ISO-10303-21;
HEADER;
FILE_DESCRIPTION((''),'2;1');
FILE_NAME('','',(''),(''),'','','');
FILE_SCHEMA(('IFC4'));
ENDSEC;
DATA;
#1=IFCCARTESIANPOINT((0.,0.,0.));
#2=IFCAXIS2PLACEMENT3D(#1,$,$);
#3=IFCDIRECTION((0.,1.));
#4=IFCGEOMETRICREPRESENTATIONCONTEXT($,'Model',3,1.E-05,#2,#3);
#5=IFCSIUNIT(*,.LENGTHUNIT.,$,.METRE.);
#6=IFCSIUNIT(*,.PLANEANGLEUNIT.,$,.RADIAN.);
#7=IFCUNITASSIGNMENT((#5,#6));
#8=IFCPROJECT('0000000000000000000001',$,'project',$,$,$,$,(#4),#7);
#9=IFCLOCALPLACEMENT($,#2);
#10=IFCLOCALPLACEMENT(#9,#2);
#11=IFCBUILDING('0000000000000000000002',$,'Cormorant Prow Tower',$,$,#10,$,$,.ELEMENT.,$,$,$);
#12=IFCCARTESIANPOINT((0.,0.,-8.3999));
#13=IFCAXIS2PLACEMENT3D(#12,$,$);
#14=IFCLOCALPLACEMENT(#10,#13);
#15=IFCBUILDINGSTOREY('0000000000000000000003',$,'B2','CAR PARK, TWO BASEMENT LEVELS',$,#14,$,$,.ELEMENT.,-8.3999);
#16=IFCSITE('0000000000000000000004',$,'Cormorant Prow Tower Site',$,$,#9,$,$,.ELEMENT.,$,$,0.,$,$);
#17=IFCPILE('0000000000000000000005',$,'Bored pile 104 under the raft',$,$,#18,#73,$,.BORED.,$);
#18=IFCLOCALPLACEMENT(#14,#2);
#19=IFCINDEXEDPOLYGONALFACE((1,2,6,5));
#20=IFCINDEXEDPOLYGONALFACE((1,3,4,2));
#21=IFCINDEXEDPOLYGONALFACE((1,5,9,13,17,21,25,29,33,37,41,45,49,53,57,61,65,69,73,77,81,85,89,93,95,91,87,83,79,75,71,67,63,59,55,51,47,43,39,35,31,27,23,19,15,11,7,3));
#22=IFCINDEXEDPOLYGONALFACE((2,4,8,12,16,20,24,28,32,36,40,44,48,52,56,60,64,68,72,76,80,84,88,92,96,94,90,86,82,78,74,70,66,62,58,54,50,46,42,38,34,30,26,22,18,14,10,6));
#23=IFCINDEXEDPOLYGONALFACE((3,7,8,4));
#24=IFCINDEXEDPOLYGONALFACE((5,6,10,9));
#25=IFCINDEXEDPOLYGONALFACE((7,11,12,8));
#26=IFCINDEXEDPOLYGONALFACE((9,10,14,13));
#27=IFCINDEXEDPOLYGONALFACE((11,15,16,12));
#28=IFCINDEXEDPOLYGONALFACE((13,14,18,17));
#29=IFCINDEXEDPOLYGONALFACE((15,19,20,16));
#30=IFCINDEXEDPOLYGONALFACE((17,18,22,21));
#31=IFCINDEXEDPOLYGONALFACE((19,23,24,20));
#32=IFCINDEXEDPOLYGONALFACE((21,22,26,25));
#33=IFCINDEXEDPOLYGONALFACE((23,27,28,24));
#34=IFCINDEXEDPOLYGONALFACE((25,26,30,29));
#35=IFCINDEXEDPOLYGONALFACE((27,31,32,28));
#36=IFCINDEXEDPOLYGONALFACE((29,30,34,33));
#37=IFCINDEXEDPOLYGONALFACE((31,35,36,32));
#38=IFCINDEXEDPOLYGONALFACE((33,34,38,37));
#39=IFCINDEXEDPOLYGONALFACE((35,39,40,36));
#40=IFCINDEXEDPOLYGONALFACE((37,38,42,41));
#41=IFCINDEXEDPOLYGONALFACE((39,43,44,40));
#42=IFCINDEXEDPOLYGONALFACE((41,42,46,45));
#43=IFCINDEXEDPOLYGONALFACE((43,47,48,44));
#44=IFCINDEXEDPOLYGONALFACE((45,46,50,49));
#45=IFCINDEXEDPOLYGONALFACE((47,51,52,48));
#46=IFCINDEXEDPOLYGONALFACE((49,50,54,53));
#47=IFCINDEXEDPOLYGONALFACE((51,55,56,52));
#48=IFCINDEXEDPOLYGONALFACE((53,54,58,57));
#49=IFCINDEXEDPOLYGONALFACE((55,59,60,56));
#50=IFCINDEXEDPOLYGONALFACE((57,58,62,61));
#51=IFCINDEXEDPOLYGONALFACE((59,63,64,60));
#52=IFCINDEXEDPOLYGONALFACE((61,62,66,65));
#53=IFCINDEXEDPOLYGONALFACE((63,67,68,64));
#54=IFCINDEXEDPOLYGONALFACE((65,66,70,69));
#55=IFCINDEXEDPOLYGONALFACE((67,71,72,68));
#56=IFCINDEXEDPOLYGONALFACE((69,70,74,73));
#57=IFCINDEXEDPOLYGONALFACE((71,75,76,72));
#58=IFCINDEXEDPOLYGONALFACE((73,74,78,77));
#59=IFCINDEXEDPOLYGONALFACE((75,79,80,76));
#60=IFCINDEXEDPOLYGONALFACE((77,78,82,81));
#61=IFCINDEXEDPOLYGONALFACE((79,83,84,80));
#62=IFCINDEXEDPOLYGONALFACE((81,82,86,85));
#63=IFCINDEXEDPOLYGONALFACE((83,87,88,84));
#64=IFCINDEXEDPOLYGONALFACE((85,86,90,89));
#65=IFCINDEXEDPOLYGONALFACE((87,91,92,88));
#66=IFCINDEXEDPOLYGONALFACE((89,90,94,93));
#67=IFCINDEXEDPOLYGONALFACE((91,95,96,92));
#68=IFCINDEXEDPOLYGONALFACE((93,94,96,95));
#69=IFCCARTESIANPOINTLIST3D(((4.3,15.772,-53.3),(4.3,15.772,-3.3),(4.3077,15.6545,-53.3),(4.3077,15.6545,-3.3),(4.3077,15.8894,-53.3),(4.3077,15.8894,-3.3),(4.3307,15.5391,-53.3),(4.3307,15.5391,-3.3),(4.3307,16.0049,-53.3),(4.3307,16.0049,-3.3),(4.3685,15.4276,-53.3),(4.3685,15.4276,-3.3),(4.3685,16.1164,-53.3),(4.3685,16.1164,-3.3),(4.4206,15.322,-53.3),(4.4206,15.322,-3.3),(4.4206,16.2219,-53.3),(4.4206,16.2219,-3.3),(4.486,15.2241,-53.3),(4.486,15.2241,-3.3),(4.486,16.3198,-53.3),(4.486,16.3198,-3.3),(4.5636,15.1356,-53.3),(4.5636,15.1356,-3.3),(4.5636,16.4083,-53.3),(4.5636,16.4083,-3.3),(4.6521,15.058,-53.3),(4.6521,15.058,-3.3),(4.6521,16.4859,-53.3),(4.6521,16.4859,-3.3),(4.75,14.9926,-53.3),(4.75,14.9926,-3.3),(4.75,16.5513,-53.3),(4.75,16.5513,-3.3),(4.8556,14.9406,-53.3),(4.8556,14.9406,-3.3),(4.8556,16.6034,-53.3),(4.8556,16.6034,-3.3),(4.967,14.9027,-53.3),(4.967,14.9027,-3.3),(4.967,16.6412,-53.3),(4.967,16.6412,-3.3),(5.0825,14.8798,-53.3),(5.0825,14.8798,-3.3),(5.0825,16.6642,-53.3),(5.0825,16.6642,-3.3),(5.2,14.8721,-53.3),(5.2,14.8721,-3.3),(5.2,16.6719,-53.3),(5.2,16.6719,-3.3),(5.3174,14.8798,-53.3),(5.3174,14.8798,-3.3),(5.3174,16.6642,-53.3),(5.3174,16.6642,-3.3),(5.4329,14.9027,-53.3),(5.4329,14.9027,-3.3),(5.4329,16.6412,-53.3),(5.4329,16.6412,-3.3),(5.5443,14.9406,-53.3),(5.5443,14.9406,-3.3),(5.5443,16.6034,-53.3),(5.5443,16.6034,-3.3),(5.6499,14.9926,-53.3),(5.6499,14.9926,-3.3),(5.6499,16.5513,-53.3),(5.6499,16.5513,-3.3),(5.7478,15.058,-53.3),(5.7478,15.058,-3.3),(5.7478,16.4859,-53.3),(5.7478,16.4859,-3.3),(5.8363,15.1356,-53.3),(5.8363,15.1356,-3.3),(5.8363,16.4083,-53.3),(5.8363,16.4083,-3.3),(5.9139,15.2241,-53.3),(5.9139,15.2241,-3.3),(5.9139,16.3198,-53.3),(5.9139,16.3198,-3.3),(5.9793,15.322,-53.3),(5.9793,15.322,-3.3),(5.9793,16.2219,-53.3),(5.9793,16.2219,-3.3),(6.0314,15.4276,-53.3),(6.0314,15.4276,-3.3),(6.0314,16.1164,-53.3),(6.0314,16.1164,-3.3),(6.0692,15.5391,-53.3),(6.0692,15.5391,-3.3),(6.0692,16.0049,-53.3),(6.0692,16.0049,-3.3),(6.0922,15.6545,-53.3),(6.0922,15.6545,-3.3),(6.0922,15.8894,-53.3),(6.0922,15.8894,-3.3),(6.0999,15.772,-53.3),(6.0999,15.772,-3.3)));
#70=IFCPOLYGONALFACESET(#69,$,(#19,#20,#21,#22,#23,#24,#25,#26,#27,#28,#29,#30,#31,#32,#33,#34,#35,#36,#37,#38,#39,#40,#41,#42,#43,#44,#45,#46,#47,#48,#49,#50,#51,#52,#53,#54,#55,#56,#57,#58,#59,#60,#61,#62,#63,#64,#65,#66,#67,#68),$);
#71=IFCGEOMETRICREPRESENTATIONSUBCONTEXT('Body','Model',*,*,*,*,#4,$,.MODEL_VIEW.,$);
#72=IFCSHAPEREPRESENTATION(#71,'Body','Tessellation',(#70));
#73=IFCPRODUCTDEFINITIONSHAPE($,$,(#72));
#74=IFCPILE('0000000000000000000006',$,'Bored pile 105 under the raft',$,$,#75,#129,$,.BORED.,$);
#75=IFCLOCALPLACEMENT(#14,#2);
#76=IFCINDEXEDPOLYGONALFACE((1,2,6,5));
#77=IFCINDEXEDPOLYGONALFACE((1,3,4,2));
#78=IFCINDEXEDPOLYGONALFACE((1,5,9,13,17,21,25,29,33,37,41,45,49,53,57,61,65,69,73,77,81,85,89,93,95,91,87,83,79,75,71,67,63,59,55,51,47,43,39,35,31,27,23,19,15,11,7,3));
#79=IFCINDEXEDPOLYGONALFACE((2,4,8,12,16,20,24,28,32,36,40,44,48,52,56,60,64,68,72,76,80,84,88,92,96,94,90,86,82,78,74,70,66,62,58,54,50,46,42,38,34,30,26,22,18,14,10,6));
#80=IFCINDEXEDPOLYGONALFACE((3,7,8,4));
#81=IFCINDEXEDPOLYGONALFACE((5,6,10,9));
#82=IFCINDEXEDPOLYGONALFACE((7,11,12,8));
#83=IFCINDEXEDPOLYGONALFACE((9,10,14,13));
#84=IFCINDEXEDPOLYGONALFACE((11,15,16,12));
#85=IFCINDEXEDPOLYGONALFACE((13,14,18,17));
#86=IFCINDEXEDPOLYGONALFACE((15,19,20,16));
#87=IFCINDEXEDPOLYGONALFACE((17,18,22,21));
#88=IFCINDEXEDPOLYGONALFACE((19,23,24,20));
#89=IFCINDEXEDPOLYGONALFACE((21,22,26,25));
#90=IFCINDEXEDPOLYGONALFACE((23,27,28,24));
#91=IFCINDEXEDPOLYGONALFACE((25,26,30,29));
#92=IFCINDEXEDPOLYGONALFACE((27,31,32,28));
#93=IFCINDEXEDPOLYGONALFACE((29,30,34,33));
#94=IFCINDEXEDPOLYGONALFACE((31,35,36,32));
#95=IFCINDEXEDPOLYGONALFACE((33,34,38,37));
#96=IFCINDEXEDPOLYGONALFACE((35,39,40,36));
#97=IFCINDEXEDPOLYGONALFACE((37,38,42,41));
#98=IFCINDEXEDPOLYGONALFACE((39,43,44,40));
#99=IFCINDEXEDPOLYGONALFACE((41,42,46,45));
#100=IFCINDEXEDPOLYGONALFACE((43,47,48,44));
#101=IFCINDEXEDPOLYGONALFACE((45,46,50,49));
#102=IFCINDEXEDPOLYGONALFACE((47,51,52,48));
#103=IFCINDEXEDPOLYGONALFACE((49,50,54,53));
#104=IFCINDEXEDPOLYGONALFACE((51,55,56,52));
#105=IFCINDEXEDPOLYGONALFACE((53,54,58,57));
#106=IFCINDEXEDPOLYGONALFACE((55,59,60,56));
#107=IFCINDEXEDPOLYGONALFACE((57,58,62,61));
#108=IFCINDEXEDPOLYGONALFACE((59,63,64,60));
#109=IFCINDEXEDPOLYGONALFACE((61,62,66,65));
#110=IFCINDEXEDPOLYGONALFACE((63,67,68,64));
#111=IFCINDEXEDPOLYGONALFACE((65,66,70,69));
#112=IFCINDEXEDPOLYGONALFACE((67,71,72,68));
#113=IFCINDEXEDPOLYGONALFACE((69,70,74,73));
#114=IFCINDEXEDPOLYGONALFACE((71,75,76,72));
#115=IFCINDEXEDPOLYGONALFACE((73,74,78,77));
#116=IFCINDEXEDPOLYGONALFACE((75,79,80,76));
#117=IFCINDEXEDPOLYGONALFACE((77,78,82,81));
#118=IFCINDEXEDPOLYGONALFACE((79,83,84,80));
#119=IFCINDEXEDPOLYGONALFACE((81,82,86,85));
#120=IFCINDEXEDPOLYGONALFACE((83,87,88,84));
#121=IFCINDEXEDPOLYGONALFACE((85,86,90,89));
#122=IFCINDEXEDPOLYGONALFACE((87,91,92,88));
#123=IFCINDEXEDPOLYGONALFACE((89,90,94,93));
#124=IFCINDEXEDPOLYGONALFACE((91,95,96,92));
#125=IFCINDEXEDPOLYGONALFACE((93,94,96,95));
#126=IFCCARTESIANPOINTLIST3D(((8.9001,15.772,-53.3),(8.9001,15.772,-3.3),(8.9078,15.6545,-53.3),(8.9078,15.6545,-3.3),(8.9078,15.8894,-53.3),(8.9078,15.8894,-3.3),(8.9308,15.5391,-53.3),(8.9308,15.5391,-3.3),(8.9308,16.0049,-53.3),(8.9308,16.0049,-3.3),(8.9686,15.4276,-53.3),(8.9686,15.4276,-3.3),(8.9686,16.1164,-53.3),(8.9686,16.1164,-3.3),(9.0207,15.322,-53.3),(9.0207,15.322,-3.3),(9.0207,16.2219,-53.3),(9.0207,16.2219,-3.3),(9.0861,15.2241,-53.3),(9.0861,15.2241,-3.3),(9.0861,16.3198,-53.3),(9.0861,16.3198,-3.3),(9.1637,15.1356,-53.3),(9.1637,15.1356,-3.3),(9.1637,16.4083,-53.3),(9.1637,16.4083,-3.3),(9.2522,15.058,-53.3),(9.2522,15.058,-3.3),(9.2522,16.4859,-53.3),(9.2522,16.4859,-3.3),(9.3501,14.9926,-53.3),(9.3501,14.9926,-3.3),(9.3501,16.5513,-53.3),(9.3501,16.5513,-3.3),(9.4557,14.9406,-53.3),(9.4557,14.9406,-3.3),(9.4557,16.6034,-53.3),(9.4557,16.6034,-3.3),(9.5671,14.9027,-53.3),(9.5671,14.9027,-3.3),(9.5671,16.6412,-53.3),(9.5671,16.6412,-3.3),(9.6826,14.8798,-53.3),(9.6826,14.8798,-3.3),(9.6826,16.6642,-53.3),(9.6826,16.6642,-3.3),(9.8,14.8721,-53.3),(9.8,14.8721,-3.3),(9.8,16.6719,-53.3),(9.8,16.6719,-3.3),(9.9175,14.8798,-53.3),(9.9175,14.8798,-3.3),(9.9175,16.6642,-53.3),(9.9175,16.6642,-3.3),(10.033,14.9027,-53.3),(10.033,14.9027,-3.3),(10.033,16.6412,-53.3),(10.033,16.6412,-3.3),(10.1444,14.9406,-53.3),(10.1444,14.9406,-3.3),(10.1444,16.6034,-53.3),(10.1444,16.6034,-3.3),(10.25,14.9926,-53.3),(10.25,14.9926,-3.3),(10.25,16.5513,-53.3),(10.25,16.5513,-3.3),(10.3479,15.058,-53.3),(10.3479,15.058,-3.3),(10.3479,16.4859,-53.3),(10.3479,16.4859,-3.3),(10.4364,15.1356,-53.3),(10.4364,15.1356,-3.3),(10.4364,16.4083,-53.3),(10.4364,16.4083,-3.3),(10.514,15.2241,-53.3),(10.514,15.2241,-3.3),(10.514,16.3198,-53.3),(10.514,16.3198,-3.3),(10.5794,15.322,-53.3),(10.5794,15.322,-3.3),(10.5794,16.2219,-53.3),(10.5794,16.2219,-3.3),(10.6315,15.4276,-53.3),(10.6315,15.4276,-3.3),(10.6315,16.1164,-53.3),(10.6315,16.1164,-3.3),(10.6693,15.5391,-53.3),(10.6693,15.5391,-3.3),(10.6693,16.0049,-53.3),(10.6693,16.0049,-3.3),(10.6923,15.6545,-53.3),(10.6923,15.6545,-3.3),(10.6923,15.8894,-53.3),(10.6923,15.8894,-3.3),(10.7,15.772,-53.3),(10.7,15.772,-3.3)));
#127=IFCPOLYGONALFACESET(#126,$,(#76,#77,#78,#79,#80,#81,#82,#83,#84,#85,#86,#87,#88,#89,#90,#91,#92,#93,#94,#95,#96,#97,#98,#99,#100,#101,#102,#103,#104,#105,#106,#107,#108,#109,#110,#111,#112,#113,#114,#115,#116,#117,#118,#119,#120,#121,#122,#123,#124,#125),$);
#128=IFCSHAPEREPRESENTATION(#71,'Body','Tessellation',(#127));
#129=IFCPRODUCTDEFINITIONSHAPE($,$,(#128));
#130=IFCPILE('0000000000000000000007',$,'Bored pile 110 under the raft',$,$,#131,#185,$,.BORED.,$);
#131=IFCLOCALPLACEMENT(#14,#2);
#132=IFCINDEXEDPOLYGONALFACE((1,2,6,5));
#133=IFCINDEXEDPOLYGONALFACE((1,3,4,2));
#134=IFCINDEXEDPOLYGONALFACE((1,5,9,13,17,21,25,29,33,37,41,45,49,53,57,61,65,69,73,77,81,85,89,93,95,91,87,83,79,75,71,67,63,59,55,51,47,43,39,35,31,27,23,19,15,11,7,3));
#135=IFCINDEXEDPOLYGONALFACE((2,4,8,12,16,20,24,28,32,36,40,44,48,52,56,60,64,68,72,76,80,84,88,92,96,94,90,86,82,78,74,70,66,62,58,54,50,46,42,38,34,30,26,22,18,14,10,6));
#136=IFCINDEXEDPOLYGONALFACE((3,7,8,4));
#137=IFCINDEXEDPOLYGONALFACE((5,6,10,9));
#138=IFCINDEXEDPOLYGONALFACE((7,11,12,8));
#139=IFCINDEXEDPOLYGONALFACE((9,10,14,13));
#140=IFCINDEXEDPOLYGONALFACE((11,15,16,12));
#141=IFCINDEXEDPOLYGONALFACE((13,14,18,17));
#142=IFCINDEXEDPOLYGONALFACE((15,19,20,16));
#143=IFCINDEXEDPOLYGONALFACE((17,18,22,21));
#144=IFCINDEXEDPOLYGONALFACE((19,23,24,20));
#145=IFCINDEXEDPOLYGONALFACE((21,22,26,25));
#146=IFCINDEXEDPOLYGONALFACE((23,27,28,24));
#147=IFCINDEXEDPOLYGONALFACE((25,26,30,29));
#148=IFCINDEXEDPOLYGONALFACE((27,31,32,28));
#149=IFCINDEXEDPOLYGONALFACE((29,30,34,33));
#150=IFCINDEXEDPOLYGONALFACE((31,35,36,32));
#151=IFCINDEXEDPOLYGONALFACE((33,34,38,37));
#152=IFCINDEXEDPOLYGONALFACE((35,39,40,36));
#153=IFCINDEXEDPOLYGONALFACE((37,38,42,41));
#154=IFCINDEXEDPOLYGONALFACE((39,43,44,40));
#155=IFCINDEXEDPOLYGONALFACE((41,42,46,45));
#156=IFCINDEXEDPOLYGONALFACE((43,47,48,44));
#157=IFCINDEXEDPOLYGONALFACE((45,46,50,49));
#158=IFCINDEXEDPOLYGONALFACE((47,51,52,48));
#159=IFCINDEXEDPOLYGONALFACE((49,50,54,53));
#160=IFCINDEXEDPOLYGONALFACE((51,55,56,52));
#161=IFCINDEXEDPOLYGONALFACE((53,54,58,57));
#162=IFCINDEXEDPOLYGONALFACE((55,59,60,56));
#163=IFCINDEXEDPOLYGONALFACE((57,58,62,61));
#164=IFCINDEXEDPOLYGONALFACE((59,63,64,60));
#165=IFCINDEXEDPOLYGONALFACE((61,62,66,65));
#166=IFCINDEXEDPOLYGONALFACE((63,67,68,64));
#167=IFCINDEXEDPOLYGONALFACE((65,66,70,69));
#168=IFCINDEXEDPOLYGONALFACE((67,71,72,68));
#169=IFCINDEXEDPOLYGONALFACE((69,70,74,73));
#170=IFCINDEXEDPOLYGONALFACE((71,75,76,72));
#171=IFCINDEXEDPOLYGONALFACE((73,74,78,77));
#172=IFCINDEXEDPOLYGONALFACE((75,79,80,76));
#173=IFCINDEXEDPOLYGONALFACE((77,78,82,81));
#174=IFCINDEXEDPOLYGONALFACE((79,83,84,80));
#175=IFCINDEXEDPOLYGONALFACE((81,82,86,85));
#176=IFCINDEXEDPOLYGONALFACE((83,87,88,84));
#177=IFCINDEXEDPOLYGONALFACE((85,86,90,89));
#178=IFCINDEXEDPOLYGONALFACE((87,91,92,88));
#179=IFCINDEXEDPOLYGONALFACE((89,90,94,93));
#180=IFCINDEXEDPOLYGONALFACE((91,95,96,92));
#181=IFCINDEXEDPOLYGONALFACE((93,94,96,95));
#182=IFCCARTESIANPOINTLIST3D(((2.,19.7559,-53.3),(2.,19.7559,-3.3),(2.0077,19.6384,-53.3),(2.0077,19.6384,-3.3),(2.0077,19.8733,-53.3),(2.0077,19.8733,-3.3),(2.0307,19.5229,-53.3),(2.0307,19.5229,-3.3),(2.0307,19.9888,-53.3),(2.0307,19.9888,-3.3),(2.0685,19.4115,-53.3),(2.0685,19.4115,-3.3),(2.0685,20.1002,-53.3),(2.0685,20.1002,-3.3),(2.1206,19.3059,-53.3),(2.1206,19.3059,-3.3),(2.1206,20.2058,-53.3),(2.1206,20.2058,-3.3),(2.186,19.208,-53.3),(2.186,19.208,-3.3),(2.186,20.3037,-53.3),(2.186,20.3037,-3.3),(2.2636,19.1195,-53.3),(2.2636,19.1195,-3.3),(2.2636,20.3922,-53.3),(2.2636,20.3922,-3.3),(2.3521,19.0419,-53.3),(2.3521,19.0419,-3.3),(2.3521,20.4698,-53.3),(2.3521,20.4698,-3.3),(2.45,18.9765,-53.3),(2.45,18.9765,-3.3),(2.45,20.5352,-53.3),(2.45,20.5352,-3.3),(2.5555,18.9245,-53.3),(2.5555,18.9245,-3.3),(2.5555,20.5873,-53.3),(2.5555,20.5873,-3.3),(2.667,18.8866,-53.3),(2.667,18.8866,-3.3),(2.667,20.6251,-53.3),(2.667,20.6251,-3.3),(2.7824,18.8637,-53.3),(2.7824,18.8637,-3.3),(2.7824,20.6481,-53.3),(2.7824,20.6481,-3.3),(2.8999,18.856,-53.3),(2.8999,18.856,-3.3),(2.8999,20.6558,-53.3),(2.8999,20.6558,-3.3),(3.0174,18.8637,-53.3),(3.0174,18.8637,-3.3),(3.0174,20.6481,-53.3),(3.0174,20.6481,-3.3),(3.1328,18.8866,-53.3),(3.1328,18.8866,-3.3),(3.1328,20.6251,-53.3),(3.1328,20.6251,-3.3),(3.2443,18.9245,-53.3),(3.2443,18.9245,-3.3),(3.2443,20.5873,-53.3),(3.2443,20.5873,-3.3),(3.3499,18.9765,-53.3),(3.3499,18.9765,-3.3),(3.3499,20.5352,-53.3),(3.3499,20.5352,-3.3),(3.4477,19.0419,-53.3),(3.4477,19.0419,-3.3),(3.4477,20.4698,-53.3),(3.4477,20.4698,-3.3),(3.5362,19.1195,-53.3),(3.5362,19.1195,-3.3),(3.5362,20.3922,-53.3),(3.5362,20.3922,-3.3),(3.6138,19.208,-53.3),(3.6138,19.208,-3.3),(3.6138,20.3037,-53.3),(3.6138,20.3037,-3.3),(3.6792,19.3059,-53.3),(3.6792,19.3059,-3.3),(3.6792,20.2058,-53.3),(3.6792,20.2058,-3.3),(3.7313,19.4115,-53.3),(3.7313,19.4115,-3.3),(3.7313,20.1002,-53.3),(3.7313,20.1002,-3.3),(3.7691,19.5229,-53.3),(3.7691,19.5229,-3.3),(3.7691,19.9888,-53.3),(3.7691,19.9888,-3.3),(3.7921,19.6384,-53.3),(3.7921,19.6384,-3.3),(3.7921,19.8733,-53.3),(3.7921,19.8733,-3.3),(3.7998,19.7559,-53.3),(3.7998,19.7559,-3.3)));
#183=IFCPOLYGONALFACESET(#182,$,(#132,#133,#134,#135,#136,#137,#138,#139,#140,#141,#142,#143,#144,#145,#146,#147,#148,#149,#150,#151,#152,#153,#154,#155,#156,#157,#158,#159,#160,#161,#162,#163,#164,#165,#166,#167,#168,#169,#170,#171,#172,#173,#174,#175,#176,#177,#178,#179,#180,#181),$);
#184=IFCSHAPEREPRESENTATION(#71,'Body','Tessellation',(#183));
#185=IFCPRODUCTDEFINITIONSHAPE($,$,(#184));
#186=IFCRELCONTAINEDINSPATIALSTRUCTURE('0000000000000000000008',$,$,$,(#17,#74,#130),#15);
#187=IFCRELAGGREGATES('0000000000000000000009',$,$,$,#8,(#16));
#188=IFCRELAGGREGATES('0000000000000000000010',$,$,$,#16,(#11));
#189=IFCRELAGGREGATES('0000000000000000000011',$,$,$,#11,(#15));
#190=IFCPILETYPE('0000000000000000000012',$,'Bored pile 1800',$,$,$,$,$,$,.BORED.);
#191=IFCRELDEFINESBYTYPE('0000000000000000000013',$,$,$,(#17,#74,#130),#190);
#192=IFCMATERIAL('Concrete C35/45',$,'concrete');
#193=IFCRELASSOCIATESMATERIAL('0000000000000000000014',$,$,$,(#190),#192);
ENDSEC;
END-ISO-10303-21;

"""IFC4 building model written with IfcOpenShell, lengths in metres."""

from ifc_helpers import new_model, si_unit, direction, frame, origin, origin_2d, place, context, subcontext, project, spatial, circle, extrude, material, material_profile, profile_set, type_object, element, save


model = new_model("IFC4")

# Units and contexts
model_context = context("Model", 3, precision=1e-05, world=origin(), true_north=direction((0.0, 1.0)))
body_context = subcontext(model_context, "Body", "Model", "MODEL_VIEW")
ifc_project = project(units=[si_unit("LENGTHUNIT", "METRE"), si_unit("PLANEANGLEUNIT", "RADIAN")], contexts=[model_context])

# Site, building, storey
site_placement = place(None, origin())
site = spatial("IfcSite", under=ifc_project, at=site_placement, Name="Cormorant Prow Tower Site", CompositionType="ELEMENT", RefElevation=0.0)
building_placement = place(site_placement, origin())
building = spatial("IfcBuilding", under=site, at=building_placement, Name="Cormorant Prow Tower", CompositionType="ELEMENT")
storey_placement = place(building_placement, frame((0.0, 0.0, -8.3999)))
storey = spatial("IfcBuildingStorey", under=building, at=storey_placement, Name="B2", Description="CAR PARK, TWO BASEMENT LEVELS", CompositionType="ELEMENT", Elevation=-8.3999)

# Piles
ifc_material_1 = material(Name="Concrete C35/45", Category="concrete")
ifc_material_profile_1 = material_profile(ifc_material_1, circle(Radius=0.8999, at=origin_2d()), Name="Round 1800")
ifc_profile_set_1 = profile_set([ifc_material_profile_1], Name="Concrete C35/45")
pile_type_1 = type_object("IfcPileType", Name="Bored pile 1800", PredefinedType="BORED", material=ifc_profile_set_1)
for number, where, z_axis, x_axis, name in (
    (1, (5.2, 15.772, -3.3), (0.0, 0.0, -1.0), (1.0, 0.0, 0.0), "Bored pile 104 under the raft"),
    (2, (9.8, 15.772, -3.3), (0.0, 0.0, -1.0), (1.0, 0.0, 0.0), "Bored pile 105 under the raft"),
    (3, (2.8999, 19.7559, -3.3), (0.0, 0.0, -1.0), (1.0, 0.0, 0.0), "Bored pile 110 under the raft"),
):
    element("IfcPile", number, at=place(storey_placement, frame(where, z_axis=z_axis, x_axis=x_axis)), inside=storey, type_object=pile_type_1, Name=name, PredefinedType="BORED", context=body_context, shape_type="SweptSolid", body=[
        extrude(circle(Radius=0.8999, at=origin_2d()), origin(), (0.0, 0.0, 1.0), 50.0),
    ])

save(model, "model.ifc")
